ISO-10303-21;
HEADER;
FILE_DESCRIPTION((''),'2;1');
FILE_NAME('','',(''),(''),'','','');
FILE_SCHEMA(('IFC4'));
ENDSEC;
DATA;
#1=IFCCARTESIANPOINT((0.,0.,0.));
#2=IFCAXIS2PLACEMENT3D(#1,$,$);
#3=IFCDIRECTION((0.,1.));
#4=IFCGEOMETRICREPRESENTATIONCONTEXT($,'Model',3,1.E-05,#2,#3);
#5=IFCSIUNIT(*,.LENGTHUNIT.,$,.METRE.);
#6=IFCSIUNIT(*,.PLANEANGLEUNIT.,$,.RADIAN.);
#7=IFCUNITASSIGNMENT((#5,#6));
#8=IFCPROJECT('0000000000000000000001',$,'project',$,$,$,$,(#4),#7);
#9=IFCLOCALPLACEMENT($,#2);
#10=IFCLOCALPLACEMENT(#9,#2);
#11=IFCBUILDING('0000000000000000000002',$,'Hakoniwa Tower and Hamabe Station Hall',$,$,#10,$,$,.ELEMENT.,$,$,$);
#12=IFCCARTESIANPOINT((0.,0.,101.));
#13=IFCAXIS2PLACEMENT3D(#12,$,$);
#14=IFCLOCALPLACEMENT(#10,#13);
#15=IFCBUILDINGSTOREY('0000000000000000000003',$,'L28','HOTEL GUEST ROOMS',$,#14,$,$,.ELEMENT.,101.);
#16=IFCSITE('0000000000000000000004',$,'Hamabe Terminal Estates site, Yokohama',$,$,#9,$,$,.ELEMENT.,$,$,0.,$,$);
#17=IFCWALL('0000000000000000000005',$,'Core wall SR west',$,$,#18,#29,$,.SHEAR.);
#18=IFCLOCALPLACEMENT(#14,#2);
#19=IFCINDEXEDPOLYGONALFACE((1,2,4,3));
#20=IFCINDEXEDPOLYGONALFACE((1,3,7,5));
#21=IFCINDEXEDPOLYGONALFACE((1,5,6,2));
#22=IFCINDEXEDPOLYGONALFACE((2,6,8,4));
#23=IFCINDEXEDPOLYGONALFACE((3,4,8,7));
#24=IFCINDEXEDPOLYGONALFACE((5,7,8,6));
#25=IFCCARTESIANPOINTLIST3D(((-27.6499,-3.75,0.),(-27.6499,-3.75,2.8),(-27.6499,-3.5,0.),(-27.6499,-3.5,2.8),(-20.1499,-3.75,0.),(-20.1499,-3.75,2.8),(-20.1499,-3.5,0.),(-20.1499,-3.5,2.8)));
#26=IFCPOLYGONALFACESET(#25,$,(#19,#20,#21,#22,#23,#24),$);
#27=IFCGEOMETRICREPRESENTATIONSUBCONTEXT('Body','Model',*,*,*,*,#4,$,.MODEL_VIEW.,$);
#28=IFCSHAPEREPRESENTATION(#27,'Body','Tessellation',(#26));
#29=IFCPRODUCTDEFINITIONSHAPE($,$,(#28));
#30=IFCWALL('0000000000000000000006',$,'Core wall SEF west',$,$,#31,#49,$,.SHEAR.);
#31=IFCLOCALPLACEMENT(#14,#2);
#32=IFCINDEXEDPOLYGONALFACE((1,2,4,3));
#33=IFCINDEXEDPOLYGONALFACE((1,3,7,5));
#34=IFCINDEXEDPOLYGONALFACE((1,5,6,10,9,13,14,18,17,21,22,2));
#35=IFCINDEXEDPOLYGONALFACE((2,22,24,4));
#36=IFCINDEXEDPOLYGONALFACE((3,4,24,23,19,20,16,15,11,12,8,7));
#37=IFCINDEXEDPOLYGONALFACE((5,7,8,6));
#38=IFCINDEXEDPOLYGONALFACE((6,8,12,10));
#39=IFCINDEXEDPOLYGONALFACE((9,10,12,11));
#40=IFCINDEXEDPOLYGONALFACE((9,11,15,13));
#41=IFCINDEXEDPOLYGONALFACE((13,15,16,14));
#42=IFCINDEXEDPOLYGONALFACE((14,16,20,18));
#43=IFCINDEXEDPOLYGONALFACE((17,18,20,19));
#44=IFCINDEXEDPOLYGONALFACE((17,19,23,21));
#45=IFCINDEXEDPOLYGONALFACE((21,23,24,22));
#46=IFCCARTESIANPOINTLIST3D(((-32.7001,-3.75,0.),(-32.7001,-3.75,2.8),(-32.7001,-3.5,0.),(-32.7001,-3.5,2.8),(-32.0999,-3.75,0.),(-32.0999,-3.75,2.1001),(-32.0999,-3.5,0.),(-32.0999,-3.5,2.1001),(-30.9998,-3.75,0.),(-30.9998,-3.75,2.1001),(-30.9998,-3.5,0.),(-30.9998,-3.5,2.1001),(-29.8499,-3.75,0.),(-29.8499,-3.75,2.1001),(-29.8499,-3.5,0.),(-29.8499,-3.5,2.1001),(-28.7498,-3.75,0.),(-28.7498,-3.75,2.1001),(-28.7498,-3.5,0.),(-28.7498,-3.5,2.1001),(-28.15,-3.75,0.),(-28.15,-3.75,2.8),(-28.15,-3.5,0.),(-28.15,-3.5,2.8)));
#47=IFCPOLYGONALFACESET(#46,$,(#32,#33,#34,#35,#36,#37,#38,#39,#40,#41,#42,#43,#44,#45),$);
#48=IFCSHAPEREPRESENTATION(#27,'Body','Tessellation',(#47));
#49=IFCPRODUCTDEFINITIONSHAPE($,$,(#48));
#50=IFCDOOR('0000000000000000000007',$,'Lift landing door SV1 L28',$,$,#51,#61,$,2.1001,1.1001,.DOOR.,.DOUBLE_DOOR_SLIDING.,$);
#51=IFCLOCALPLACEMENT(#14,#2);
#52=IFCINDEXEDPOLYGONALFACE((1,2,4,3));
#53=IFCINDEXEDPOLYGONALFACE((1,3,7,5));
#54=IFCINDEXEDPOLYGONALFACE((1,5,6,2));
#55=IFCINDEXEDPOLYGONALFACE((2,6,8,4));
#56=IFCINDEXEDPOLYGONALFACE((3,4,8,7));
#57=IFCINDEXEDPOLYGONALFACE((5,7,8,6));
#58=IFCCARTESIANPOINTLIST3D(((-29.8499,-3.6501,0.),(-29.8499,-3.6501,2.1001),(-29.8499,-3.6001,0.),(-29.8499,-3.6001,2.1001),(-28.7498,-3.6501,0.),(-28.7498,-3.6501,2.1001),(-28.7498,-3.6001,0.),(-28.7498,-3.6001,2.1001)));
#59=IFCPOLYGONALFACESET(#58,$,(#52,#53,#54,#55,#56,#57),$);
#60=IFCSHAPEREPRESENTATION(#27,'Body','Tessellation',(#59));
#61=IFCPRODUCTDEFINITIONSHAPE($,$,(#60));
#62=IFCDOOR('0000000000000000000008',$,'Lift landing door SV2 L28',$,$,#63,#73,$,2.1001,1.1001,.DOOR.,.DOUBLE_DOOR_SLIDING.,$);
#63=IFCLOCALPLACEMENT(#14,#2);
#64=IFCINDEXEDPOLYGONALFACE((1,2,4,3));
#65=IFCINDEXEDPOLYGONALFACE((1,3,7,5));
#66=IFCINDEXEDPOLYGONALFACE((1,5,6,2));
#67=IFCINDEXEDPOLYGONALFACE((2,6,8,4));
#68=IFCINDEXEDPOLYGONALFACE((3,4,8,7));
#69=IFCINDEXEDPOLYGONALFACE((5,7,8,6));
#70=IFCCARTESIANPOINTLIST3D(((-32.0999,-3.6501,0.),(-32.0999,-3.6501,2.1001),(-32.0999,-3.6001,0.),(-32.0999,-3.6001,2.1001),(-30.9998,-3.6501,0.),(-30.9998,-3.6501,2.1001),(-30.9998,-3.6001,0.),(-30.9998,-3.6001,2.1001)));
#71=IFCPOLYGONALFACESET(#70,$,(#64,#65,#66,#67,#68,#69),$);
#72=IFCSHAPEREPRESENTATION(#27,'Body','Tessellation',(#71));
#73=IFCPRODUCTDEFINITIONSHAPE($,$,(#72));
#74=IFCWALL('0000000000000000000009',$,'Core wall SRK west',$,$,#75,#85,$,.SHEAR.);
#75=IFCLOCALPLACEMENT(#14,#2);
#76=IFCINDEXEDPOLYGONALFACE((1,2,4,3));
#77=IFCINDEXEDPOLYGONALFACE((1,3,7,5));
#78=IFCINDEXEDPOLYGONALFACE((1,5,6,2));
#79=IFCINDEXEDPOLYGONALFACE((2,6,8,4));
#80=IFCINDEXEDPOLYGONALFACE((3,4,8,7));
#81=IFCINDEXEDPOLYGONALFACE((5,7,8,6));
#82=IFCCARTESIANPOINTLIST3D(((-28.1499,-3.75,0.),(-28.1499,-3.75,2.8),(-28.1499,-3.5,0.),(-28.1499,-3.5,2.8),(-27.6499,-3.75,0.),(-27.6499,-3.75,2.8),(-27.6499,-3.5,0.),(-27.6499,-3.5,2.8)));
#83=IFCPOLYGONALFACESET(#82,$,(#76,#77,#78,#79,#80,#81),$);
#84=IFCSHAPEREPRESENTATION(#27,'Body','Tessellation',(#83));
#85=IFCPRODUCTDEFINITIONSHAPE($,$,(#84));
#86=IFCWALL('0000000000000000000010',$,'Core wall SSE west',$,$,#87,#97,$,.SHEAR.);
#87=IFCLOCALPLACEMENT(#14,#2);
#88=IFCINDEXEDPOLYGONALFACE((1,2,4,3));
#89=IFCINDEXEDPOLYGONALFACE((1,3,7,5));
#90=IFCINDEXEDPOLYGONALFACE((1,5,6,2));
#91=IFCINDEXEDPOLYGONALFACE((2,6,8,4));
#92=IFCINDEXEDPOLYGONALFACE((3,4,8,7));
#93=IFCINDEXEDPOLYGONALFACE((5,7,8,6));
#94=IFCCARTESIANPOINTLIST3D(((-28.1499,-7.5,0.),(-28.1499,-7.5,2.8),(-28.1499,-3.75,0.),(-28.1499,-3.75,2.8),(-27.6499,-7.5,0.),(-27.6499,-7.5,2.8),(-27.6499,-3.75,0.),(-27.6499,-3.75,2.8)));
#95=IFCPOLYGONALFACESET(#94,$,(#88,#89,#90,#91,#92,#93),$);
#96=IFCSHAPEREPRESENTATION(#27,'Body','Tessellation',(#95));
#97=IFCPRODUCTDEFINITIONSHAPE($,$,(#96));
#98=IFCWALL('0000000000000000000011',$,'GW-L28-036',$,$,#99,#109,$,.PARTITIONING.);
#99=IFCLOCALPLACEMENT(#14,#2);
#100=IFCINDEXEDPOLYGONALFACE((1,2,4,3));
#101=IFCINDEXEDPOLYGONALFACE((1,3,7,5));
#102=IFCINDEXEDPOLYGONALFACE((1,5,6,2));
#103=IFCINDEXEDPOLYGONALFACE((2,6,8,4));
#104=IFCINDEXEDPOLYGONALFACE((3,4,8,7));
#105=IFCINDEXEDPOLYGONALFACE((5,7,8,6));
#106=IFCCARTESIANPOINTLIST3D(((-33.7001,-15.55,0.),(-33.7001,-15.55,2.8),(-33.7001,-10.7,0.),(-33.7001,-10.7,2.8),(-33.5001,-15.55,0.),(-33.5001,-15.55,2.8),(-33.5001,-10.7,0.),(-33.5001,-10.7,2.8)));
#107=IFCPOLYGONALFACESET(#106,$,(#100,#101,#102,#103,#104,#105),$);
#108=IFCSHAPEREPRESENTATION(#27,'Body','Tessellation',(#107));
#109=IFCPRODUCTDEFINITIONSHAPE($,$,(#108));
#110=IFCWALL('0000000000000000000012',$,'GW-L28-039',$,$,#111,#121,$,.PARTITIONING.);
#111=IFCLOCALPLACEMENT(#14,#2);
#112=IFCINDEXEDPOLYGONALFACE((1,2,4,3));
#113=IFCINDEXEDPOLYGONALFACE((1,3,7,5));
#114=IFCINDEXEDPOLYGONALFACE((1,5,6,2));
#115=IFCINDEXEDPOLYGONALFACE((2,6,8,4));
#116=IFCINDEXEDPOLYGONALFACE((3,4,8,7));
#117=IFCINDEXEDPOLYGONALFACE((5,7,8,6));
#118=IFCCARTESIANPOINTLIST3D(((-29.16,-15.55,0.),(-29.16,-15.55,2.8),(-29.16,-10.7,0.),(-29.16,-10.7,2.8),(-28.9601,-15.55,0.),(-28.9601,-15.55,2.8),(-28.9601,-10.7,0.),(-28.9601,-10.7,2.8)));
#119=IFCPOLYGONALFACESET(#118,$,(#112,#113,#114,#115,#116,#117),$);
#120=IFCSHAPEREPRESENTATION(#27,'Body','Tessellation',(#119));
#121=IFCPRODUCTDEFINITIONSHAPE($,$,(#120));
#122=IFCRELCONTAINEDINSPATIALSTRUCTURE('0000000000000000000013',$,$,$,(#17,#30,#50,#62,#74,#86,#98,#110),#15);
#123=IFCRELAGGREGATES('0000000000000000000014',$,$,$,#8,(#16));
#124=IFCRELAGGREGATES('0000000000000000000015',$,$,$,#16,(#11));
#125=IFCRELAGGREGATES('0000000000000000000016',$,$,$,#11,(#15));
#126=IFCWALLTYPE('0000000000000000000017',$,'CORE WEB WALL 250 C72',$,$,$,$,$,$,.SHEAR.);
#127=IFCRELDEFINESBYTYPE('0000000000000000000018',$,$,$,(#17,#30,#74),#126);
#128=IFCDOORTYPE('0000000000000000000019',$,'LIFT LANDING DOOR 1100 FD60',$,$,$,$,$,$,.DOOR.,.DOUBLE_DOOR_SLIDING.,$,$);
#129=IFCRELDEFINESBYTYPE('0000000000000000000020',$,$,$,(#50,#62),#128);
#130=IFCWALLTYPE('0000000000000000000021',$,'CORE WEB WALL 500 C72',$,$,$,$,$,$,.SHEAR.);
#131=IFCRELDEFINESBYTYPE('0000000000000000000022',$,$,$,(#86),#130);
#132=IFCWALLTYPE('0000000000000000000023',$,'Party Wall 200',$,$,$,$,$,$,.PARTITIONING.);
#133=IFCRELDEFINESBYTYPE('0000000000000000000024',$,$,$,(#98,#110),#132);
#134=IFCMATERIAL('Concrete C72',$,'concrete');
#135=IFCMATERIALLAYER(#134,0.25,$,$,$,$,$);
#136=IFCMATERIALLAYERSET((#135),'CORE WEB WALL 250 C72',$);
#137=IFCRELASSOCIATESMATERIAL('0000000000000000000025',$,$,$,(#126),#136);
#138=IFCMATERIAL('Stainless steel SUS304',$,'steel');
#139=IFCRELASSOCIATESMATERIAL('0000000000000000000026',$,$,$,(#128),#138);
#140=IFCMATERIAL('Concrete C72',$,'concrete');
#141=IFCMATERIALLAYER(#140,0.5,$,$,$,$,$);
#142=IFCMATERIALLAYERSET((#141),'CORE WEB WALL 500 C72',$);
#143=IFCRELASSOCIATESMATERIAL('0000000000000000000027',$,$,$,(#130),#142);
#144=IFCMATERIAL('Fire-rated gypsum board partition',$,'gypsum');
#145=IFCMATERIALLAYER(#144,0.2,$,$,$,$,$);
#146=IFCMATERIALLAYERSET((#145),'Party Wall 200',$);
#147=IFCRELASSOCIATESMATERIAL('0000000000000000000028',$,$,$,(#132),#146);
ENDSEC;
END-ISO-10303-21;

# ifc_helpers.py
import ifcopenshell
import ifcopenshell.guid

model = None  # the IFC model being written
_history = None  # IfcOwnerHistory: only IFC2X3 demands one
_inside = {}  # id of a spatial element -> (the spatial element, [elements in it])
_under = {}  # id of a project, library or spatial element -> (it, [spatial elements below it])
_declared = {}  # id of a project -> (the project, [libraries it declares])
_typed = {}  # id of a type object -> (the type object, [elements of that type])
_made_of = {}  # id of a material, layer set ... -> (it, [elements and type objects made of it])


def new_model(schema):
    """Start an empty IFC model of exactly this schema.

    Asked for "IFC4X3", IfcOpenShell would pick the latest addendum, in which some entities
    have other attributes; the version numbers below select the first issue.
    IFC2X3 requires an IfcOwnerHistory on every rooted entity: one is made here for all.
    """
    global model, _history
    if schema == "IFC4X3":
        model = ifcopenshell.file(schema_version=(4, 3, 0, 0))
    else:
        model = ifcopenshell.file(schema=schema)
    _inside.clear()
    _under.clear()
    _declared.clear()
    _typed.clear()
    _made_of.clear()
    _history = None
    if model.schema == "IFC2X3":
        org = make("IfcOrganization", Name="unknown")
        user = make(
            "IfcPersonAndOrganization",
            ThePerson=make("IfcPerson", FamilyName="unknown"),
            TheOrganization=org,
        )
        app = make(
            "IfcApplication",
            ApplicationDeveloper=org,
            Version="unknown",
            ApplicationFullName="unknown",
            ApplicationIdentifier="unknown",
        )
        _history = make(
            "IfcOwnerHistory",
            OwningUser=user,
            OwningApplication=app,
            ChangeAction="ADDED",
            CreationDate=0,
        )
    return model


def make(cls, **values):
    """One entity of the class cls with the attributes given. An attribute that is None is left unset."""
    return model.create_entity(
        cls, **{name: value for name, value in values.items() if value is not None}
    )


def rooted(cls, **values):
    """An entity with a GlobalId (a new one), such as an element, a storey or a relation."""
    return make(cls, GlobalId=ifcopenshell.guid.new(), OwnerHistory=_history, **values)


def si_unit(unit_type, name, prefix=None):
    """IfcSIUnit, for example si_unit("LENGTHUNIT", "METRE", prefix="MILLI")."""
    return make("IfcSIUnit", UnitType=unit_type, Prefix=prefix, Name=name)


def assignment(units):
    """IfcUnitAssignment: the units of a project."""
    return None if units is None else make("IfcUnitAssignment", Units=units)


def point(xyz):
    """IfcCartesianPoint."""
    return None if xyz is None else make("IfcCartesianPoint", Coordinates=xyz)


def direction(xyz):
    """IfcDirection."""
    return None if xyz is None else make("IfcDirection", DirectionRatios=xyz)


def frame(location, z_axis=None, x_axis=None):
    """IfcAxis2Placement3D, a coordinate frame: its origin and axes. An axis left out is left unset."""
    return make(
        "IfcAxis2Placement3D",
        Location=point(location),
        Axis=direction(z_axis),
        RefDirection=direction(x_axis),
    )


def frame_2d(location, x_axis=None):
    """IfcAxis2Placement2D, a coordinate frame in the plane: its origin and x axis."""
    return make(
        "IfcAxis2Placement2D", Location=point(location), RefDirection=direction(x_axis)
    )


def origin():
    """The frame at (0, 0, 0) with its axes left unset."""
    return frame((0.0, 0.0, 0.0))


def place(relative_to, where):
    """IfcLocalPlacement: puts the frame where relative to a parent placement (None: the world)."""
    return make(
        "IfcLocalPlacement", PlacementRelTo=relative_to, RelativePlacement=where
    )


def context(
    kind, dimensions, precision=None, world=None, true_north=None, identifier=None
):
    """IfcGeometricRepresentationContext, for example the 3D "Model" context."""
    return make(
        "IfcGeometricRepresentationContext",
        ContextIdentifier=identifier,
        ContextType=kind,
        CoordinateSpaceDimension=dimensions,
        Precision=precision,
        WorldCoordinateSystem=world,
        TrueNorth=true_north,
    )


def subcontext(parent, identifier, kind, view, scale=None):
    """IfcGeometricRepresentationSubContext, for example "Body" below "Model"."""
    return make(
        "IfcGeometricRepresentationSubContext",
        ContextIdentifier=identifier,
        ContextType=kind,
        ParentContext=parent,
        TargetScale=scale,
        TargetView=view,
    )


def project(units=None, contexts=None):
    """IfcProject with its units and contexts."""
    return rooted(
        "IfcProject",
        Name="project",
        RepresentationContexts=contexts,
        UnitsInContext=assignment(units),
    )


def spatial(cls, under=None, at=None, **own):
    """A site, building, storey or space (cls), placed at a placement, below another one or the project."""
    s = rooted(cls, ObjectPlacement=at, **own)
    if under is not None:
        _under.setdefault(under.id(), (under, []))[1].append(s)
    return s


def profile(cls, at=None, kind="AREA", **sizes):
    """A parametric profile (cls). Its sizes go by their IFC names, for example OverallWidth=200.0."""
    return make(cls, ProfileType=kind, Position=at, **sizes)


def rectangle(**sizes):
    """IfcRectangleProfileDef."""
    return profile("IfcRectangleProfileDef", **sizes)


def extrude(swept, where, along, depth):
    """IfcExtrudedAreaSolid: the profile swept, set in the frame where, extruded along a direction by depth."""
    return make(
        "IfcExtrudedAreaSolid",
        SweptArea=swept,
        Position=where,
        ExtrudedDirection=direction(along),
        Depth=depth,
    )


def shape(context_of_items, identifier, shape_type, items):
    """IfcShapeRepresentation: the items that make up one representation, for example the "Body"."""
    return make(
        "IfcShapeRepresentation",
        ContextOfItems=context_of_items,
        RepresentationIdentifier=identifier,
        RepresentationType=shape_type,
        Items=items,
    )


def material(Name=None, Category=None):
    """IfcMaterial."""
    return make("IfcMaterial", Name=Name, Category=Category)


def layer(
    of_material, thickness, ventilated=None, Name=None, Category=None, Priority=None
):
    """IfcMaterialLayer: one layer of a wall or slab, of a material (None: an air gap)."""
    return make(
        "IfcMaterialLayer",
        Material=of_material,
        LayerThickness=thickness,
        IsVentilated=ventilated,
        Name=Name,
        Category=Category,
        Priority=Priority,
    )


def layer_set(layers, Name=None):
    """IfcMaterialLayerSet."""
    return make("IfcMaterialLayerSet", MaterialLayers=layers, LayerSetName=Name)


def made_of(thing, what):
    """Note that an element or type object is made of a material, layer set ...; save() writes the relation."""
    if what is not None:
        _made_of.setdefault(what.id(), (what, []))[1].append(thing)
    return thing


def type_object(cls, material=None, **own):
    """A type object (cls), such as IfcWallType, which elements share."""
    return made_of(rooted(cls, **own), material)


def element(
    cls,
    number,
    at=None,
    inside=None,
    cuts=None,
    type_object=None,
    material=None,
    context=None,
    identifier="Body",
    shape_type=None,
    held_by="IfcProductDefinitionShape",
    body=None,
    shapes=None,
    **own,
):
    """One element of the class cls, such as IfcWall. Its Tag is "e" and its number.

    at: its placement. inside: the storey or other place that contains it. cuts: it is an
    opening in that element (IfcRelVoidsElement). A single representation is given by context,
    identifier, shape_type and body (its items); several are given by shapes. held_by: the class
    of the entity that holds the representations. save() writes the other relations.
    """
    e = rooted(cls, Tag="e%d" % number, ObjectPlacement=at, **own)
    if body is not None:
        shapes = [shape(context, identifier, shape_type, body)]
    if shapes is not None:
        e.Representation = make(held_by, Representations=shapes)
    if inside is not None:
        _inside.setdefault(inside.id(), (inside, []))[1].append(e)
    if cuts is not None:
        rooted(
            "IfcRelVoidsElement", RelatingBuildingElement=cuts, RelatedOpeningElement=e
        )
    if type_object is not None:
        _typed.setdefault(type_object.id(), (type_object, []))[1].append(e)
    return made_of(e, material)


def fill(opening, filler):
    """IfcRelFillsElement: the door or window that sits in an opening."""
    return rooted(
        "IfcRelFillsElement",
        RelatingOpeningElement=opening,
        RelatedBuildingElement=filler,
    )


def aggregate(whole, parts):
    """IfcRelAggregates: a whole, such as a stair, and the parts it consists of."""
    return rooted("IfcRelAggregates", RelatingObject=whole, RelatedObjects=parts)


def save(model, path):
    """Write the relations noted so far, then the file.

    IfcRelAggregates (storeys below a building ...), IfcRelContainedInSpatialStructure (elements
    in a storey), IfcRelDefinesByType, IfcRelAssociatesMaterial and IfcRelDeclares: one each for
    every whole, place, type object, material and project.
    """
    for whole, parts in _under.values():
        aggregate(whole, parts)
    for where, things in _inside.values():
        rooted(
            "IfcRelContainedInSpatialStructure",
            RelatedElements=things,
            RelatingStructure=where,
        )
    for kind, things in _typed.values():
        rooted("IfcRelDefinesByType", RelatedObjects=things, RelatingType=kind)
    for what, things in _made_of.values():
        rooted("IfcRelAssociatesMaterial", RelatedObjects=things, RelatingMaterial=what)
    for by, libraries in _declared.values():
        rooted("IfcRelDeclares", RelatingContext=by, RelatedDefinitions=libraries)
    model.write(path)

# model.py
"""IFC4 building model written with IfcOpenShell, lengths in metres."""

from ifc_helpers import new_model, si_unit, direction, frame, frame_2d, origin, place, context, subcontext, project, spatial, rectangle, extrude, material, layer, layer_set, type_object, element, fill, save


model = new_model("IFC4")

# Units and contexts
model_context = context("Model", 3, precision=1e-05, world=origin(), true_north=direction((0.0, 1.0)))
body_context = subcontext(model_context, "Body", "Model", "MODEL_VIEW")
ifc_project = project(units=[si_unit("LENGTHUNIT", "METRE"), si_unit("PLANEANGLEUNIT", "RADIAN")], contexts=[model_context])

# Site, building, storey
site_placement = place(None, origin())
site = spatial("IfcSite", under=ifc_project, at=site_placement, Name="Hamabe Terminal Estates site, Yokohama", CompositionType="ELEMENT", RefElevation=0.0)
building_placement = place(site_placement, origin())
building = spatial("IfcBuilding", under=site, at=building_placement, Name="Hakoniwa Tower and Hamabe Station Hall", CompositionType="ELEMENT")
storey_placement = place(building_placement, frame((0.0, 0.0, 101.0)))
storey = spatial("IfcBuildingStorey", under=building, at=storey_placement, Name="L28", Description="HOTEL GUEST ROOMS", CompositionType="ELEMENT", Elevation=101.0)

# Wall
ifc_material_1 = material(Name="Concrete C72", Category="concrete")
ifc_layer_1 = layer(ifc_material_1, 0.25)
ifc_layer_set_1 = layer_set([ifc_layer_1], Name="CORE WEB WALL 250 C72")
wall_type_1 = type_object("IfcWallType", Name="CORE WEB WALL 250 C72", PredefinedType="SHEAR", material=ifc_layer_set_1)
wall_1_placement = place(storey_placement, frame((-27.6499, -3.625, 0.0), z_axis=(0.0, 0.0, 1.0), x_axis=(1.0, 0.0, 0.0)))
element("IfcWall", 1, at=wall_1_placement, inside=storey, type_object=wall_type_1, Name="Core wall SR west", PredefinedType="SHEAR", context=body_context, shape_type="SweptSolid", body=[
    extrude(rectangle(XDim=7.5, YDim=0.25, at=frame_2d((3.75, 0.0))), origin(), (0.0, 0.0, 1.0), 2.8),
])

# Wall, openings, doors
wall_2_placement = place(storey_placement, frame((-32.7, -3.625, 0.0), z_axis=(0.0, 0.0, 1.0), x_axis=(1.0, 0.0, 0.0)))
wall_2 = element("IfcWall", 2, at=wall_2_placement, inside=storey, type_object=wall_type_1, Name="Core wall SEF west", PredefinedType="SHEAR", context=body_context, shape_type="SweptSolid", body=[
    extrude(rectangle(XDim=4.55, YDim=0.25, at=frame_2d((2.2749, 0.0))), origin(), (0.0, 0.0, 1.0), 2.8),
])
opening_1_placement = place(wall_2_placement, frame((2.8501, 0.0, 0.0)))
opening_1 = element("IfcOpeningElement", 3, at=opening_1_placement, cuts=wall_2, PredefinedType="OPENING", context=body_context, shape_type="SweptSolid", body=[
    extrude(rectangle(XDim=1.1001, YDim=2.1001, at=frame_2d((0.55, 1.05))), frame((0.0, 0.135, 0.0), z_axis=(0.0, -1.0, 0.0), x_axis=(1.0, 0.0, 0.0)), (0.0, 0.0, 1.0), 0.27),
])
opening_2_placement = place(wall_2_placement, frame((0.6001, 0.0, 0.0)))
opening_2 = element("IfcOpeningElement", 4, at=opening_2_placement, cuts=wall_2, PredefinedType="OPENING", context=body_context, shape_type="SweptSolid", body=[
    extrude(rectangle(XDim=1.1001, YDim=2.1001, at=frame_2d((0.55, 1.05))), frame((0.0, 0.135, 0.0), z_axis=(0.0, -1.0, 0.0), x_axis=(1.0, 0.0, 0.0)), (0.0, 0.0, 1.0), 0.27),
])
ifc_material_2 = material(Name="Stainless steel SUS304", Category="steel")
door_type_1 = type_object("IfcDoorType", Name="LIFT LANDING DOOR 1100 FD60", OperationType="DOUBLE_DOOR_SLIDING", PredefinedType="DOOR", material=ifc_material_2)
door_1_placement = place(opening_1_placement, origin())
door_1 = element("IfcDoor", 5, at=door_1_placement, inside=storey, type_object=door_type_1, Name="Lift landing door SV1 L28", OperationType="DOUBLE_DOOR_SLIDING", OverallHeight=2.1001, OverallWidth=1.1001, PredefinedType="DOOR", context=body_context, shape_type="SweptSolid", body=[
    extrude(rectangle(XDim=1.1001, YDim=2.1001, at=frame_2d((0.55, 1.05))), frame((0.0, 0.0249, 0.0), z_axis=(0.0, -1.0, 0.0), x_axis=(1.0, 0.0, 0.0)), (0.0, 0.0, 1.0), 0.05),
])
fill(opening_1, door_1)
door_2_placement = place(opening_2_placement, origin())
door_2 = element("IfcDoor", 6, at=door_2_placement, inside=storey, type_object=door_type_1, Name="Lift landing door SV2 L28", OperationType="DOUBLE_DOOR_SLIDING", OverallHeight=2.1001, OverallWidth=1.1001, PredefinedType="DOOR", context=body_context, shape_type="SweptSolid", body=[
    extrude(rectangle(XDim=1.1001, YDim=2.1001, at=frame_2d((0.55, 1.05))), frame((0.0, 0.0249, 0.0), z_axis=(0.0, -1.0, 0.0), x_axis=(1.0, 0.0, 0.0)), (0.0, 0.0, 1.0), 0.05),
])
fill(opening_2, door_2)

# Walls
wall_3_placement = place(storey_placement, frame((-28.1499, -3.625, 0.0), z_axis=(0.0, 0.0, 1.0), x_axis=(1.0, 0.0, 0.0)))
element("IfcWall", 7, at=wall_3_placement, inside=storey, type_object=wall_type_1, Name="Core wall SRK west", PredefinedType="SHEAR", context=body_context, shape_type="SweptSolid", body=[
    extrude(rectangle(XDim=0.5, YDim=0.25, at=frame_2d((0.25, 0.0))), origin(), (0.0, 0.0, 1.0), 2.8),
])
ifc_material_3 = material(Name="Concrete C72", Category="concrete")
ifc_layer_2 = layer(ifc_material_3, 0.5)
ifc_layer_set_2 = layer_set([ifc_layer_2], Name="CORE WEB WALL 500 C72")
wall_type_2 = type_object("IfcWallType", Name="CORE WEB WALL 500 C72", PredefinedType="SHEAR", material=ifc_layer_set_2)
wall_4_placement = place(storey_placement, frame((-27.8999, -7.5, 0.0), z_axis=(0.0, 0.0, 1.0), x_axis=(0.0, 1.0, 0.0)))
element("IfcWall", 8, at=wall_4_placement, inside=storey, type_object=wall_type_2, Name="Core wall SSE west", PredefinedType="SHEAR", context=body_context, shape_type="SweptSolid", body=[
    extrude(rectangle(XDim=3.75, YDim=0.5, at=frame_2d((1.875, 0.0))), origin(), (0.0, 0.0, 1.0), 2.8),
])
ifc_material_4 = material(Name="Fire-rated gypsum board partition", Category="gypsum")
ifc_layer_3 = layer(ifc_material_4, 0.2)
ifc_layer_set_3 = layer_set([ifc_layer_3], Name="Party Wall 200")
wall_type_3 = type_object("IfcWallType", Name="Party Wall 200", PredefinedType="PARTITIONING", material=ifc_layer_set_3)
for number, where, z_axis, x_axis, name in (
    (9, (-33.6001, -15.55, 0.0), (0.0, 0.0, 1.0), (0.0, 1.0, 0.0), "GW-L28-036"),
    (10, (-29.0601, -15.55, 0.0), (0.0, 0.0, 1.0), (0.0, 1.0, 0.0), "GW-L28-039"),
):
    element("IfcWall", number, at=place(storey_placement, frame(where, z_axis=z_axis, x_axis=x_axis)), inside=storey, type_object=wall_type_3, Name=name, PredefinedType="PARTITIONING", context=body_context, shape_type="SweptSolid", body=[
        extrude(rectangle(XDim=4.8501, YDim=0.2, at=frame_2d((2.425, 0.0))), origin(), (0.0, 0.0, 1.0), 2.8),
    ])

save(model, "model.ifc")
